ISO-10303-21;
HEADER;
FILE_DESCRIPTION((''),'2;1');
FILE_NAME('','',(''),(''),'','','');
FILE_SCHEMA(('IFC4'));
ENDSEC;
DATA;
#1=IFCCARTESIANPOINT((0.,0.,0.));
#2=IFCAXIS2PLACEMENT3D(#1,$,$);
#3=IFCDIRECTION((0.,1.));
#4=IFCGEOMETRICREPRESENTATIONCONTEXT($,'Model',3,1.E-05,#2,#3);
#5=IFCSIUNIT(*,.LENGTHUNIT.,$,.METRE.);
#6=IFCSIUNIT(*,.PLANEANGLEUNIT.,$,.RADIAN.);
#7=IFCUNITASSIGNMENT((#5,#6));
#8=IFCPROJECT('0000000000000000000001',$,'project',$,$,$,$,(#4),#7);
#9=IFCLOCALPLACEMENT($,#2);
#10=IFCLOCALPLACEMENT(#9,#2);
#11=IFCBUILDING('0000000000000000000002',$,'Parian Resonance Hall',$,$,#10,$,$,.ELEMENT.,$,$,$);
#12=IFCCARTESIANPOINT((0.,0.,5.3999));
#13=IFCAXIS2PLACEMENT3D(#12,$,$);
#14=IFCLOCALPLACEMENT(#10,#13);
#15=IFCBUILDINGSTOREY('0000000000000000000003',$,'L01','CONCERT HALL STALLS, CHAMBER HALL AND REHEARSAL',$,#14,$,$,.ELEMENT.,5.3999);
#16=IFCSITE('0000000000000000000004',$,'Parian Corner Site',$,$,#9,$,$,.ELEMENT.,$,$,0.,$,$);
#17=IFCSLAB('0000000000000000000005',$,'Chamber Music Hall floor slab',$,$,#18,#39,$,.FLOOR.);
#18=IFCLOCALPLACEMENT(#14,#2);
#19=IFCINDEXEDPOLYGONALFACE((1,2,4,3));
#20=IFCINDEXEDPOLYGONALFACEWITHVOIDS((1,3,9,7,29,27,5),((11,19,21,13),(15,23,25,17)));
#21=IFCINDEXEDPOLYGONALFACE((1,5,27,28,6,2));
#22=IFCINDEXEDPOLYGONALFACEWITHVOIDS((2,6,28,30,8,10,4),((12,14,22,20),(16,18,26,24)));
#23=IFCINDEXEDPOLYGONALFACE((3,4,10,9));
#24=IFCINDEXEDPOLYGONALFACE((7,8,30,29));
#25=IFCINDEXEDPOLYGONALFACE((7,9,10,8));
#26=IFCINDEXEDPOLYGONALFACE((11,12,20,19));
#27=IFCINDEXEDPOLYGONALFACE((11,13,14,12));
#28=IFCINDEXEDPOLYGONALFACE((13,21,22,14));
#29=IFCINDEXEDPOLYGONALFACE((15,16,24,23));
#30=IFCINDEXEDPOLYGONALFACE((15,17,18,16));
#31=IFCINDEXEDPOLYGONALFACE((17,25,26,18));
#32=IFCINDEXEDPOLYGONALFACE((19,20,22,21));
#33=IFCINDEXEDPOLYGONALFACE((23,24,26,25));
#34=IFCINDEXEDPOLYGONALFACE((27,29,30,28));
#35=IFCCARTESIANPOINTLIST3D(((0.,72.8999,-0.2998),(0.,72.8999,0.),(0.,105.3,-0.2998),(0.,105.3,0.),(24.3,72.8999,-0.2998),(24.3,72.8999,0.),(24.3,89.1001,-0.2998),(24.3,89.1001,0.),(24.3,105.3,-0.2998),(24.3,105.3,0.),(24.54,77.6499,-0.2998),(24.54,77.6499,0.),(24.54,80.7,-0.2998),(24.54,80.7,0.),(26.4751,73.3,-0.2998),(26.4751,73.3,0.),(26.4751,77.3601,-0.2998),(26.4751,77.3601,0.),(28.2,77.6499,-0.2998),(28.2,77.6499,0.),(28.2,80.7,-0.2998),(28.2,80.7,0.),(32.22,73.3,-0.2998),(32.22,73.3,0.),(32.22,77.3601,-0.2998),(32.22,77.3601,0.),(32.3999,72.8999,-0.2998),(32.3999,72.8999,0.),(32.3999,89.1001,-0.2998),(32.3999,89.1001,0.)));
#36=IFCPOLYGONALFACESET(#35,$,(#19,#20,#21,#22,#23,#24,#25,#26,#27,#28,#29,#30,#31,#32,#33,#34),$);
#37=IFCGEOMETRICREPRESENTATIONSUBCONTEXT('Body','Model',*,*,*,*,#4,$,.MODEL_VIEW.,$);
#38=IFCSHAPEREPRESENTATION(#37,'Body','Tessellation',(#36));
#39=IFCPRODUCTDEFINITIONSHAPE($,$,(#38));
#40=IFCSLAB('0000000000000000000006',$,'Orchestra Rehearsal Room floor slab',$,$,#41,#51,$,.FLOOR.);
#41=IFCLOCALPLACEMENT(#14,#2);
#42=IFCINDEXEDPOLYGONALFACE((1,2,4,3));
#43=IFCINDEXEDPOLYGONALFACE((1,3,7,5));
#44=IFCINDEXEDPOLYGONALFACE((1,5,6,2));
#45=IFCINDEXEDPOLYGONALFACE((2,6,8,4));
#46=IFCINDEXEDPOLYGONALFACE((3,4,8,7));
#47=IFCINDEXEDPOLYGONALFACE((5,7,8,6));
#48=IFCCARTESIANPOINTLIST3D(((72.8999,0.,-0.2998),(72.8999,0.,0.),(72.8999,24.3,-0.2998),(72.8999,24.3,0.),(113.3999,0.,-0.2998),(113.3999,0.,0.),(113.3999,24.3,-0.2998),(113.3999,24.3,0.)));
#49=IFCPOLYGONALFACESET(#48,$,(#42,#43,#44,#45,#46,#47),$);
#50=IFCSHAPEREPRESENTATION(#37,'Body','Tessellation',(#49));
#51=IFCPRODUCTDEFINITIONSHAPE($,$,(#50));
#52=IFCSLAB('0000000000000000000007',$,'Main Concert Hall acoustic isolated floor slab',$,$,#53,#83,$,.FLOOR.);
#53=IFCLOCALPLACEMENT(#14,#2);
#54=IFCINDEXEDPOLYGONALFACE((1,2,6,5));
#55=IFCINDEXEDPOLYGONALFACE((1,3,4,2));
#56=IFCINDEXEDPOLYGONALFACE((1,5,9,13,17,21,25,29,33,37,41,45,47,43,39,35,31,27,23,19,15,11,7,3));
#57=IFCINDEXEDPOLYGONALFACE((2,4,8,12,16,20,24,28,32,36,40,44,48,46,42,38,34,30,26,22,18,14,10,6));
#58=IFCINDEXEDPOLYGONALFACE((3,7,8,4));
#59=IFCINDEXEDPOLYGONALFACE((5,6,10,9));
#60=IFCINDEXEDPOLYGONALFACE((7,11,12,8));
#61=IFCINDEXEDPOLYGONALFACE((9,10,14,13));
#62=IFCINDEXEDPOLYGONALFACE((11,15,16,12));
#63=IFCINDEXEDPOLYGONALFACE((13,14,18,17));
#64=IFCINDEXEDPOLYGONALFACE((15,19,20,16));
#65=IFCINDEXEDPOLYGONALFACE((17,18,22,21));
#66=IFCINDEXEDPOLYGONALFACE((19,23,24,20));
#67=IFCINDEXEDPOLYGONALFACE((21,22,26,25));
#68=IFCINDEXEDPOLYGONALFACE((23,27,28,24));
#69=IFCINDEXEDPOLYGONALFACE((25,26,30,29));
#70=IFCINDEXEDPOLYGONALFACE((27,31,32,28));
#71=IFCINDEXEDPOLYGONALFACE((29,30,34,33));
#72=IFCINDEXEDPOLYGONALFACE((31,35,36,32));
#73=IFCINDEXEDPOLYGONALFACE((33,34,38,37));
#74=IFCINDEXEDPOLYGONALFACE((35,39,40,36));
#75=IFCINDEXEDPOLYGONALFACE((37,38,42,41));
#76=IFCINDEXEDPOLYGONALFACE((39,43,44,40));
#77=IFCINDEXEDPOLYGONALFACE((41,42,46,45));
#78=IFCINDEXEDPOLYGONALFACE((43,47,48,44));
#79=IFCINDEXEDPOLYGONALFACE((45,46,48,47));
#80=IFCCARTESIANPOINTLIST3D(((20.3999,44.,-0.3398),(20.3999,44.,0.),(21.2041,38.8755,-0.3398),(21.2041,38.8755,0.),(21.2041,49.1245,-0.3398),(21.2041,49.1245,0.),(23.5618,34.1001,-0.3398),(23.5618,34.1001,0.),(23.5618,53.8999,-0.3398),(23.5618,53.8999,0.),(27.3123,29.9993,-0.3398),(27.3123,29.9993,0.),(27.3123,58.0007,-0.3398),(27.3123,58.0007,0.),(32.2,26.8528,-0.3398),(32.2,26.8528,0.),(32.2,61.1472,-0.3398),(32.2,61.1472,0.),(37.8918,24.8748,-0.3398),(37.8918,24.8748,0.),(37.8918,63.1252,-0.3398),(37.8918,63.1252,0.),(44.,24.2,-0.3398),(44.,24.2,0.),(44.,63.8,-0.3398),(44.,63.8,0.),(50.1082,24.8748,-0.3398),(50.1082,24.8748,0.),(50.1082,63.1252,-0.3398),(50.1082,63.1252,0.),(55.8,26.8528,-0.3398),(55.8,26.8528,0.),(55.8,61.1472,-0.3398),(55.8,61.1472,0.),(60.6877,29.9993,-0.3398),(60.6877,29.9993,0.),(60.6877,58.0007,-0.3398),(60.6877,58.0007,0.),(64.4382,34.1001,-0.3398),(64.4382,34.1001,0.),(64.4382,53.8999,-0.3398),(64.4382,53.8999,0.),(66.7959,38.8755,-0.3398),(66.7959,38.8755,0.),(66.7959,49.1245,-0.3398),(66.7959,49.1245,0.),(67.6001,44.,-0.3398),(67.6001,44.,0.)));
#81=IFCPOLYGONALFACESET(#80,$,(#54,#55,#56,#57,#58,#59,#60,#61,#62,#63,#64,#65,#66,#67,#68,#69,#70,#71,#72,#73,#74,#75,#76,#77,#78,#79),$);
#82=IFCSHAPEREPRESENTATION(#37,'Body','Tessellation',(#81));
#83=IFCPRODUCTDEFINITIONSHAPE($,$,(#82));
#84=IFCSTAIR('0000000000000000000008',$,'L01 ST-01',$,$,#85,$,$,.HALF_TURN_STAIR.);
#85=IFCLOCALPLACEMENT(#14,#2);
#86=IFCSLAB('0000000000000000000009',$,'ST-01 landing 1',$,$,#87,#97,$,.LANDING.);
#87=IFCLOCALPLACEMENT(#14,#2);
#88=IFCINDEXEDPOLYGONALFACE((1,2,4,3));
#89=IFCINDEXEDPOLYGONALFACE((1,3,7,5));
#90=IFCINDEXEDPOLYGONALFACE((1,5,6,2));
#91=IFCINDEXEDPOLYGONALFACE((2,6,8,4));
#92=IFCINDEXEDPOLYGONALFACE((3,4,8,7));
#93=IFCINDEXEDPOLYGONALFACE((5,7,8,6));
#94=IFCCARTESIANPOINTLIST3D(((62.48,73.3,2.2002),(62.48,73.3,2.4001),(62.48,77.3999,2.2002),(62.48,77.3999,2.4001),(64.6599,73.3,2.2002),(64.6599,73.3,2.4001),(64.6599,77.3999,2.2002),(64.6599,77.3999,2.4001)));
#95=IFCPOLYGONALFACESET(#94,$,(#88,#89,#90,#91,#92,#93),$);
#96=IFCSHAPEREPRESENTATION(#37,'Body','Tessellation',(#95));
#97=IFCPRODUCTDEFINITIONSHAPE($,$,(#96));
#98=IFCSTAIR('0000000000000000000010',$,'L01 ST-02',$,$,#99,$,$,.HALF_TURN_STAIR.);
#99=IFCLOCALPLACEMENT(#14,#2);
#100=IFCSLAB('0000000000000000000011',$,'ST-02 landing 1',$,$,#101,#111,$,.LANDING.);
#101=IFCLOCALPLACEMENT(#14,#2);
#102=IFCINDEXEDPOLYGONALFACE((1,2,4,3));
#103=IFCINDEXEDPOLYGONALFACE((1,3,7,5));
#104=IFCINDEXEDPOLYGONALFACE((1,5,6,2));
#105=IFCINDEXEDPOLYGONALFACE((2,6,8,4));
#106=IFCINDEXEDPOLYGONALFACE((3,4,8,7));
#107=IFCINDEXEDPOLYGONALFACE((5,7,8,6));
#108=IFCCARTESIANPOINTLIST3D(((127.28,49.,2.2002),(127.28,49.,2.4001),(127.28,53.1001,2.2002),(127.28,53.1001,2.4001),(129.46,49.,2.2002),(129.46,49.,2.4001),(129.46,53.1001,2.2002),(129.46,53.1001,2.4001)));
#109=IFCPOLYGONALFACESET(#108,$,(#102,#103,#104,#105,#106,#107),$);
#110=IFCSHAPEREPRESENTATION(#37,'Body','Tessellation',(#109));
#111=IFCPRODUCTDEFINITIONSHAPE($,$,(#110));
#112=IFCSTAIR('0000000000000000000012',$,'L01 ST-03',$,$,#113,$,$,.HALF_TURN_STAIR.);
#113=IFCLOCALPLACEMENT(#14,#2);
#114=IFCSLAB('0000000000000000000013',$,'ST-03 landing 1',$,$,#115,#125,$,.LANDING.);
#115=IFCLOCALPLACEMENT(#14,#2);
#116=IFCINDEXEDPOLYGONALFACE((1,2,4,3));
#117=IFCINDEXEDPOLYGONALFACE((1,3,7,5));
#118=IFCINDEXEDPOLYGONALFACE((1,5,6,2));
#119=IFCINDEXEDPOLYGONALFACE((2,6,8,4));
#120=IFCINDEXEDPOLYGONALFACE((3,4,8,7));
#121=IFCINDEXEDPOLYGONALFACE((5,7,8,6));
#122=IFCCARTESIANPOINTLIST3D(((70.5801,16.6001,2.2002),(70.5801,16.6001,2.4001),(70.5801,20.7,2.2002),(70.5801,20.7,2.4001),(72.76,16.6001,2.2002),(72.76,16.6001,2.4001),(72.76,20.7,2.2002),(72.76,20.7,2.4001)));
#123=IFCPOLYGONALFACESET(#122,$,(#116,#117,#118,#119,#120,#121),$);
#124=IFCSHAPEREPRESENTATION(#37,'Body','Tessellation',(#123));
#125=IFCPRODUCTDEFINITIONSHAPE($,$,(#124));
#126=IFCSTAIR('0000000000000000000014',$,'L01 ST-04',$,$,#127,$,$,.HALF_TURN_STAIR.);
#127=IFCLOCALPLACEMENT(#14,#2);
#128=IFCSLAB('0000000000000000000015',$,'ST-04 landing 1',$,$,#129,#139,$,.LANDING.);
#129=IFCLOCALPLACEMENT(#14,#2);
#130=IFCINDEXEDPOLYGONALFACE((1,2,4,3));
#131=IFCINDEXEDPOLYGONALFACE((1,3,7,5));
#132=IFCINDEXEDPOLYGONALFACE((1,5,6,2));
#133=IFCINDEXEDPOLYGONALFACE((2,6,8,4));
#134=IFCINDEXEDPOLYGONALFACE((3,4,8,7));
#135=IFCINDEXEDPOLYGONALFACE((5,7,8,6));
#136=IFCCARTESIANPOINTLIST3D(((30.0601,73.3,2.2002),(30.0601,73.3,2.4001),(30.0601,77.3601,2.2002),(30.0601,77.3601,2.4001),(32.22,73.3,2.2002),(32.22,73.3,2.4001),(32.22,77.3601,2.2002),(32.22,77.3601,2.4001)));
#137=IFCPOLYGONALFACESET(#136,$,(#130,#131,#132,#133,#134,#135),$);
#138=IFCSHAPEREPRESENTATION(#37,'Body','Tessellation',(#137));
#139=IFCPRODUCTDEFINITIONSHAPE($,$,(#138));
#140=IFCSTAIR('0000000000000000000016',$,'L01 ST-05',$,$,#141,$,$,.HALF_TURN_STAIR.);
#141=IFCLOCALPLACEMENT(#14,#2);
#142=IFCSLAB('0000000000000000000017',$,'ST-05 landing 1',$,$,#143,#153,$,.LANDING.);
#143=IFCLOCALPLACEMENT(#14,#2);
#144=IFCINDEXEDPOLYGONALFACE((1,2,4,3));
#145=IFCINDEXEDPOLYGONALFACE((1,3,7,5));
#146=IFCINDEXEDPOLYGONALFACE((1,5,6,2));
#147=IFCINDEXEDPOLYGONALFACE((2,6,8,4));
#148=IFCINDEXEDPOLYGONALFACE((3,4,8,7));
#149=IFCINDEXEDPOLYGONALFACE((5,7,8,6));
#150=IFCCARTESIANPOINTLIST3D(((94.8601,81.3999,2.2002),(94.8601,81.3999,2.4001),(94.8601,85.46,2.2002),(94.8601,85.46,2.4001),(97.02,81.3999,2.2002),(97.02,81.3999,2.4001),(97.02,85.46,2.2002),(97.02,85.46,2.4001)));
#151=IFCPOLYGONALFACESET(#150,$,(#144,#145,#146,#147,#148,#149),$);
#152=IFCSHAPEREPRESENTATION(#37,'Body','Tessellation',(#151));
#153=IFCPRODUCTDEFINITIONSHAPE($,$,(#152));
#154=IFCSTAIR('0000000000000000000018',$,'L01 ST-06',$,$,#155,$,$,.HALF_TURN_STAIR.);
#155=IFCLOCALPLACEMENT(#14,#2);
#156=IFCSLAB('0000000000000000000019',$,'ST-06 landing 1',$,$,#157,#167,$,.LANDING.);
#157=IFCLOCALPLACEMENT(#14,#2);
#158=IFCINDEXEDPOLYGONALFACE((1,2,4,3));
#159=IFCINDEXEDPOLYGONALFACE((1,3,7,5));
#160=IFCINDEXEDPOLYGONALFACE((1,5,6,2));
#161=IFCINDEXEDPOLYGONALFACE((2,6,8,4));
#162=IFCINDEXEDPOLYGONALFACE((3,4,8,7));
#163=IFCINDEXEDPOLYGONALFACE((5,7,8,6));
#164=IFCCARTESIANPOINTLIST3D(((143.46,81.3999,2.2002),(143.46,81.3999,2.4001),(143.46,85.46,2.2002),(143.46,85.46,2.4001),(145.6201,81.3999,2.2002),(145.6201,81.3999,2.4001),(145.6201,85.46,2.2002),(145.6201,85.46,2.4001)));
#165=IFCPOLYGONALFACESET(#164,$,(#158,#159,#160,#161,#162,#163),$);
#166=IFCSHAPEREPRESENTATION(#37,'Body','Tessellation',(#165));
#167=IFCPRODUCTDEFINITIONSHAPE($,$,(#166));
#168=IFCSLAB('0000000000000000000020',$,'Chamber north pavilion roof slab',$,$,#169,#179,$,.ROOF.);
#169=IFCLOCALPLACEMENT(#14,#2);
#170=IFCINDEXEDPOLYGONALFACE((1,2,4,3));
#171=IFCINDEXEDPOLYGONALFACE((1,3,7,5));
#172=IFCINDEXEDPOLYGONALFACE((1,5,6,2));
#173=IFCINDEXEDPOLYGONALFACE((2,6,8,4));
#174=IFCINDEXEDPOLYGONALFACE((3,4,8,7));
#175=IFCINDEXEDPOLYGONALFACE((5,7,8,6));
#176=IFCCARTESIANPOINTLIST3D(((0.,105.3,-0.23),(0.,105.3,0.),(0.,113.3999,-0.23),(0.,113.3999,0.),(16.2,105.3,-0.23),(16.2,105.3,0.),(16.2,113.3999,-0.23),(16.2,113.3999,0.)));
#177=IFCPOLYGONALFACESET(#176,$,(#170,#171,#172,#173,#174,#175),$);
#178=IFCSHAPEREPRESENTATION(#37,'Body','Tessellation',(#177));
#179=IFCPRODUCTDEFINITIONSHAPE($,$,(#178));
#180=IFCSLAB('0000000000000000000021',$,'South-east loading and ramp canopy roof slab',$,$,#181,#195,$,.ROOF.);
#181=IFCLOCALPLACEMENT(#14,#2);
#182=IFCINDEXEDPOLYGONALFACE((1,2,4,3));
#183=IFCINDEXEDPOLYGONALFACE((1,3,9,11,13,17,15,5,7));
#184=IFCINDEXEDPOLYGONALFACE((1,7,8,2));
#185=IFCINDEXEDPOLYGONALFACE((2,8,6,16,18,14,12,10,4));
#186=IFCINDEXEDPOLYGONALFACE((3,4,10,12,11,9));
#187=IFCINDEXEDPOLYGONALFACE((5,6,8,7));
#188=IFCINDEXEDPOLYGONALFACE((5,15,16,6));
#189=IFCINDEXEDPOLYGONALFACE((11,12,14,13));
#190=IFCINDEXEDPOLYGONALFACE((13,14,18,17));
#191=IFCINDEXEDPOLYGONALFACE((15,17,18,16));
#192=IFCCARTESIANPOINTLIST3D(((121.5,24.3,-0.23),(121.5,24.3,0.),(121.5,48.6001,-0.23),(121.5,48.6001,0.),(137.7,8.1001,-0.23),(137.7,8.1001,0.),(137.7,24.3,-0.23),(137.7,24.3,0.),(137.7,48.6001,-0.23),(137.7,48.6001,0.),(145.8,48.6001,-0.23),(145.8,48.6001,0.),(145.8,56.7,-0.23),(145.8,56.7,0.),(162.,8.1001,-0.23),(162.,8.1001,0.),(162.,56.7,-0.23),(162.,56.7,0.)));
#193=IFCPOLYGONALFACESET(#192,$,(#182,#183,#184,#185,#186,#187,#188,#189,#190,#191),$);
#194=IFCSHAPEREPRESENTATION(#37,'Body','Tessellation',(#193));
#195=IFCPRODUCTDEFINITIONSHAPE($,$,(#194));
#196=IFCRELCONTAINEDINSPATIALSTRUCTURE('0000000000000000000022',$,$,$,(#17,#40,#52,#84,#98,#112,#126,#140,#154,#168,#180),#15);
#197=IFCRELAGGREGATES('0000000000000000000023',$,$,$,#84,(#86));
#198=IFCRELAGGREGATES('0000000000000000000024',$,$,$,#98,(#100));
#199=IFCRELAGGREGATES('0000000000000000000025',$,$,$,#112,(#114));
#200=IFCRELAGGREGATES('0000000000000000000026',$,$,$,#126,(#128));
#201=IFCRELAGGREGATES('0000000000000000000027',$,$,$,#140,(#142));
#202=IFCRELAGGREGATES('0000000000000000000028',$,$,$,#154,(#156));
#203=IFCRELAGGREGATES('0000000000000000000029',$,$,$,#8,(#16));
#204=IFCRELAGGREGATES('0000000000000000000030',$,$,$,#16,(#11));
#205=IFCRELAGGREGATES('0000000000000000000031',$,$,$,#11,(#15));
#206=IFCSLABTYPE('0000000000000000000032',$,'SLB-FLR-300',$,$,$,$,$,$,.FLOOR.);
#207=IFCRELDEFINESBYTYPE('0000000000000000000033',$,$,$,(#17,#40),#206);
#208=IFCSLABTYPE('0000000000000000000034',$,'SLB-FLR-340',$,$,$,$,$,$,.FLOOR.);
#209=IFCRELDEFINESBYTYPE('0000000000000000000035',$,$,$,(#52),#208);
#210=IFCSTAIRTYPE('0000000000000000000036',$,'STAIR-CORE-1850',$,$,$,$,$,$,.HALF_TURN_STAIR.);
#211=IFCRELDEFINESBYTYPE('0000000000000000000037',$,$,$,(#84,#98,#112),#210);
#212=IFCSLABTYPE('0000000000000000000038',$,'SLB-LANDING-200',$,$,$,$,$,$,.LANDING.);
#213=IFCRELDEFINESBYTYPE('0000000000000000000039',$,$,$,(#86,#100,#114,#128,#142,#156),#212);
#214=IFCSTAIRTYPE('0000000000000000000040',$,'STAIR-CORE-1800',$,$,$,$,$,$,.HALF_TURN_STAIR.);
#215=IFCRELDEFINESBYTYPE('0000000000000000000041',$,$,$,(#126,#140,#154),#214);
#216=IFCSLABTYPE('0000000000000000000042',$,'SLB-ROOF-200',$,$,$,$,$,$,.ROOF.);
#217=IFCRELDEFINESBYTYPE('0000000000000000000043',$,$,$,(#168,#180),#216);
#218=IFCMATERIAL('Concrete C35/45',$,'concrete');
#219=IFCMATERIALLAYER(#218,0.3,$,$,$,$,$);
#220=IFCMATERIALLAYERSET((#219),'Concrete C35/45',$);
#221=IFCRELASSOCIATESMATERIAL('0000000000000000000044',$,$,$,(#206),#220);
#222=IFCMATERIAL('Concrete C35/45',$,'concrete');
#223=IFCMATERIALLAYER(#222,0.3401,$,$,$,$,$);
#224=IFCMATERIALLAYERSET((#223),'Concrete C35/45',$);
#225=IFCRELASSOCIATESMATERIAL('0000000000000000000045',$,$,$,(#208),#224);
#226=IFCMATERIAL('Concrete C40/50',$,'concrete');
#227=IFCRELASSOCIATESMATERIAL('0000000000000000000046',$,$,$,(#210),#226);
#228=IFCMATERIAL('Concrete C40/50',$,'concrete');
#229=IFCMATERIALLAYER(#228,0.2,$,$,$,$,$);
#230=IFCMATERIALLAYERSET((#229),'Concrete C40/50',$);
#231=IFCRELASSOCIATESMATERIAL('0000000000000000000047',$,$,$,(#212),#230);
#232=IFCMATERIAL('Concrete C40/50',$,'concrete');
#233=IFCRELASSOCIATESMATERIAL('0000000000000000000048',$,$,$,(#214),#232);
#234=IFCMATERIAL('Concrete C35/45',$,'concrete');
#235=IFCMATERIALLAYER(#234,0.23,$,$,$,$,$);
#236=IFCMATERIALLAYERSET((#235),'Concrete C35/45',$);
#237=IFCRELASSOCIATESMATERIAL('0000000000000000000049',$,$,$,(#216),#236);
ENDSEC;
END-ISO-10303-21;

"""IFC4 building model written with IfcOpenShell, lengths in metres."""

from ifc_helpers import new_model, si_unit, direction, frame, origin, place, context, subcontext, project, spatial, polyline, outline, extrude, material, layer, layer_set, type_object, element, aggregate, save


model = new_model("IFC4")

# Units and contexts
model_context = context("Model", 3, precision=1e-05, world=origin(), true_north=direction((0.0, 1.0)))
body_context = subcontext(model_context, "Body", "Model", "MODEL_VIEW")
ifc_project = project(units=[si_unit("LENGTHUNIT", "METRE"), si_unit("PLANEANGLEUNIT", "RADIAN")], contexts=[model_context])

# Site, building, storey
site_placement = place(None, origin())
site = spatial("IfcSite", under=ifc_project, at=site_placement, Name="Parian Corner Site", CompositionType="ELEMENT", RefElevation=0.0)
building_placement = place(site_placement, origin())
building = spatial("IfcBuilding", under=site, at=building_placement, Name="Parian Resonance Hall", CompositionType="ELEMENT")
storey_placement = place(building_placement, frame((0.0, 0.0, 5.3999)))
storey = spatial("IfcBuildingStorey", under=building, at=storey_placement, Name="L01", Description="CONCERT HALL STALLS, CHAMBER HALL AND REHEARSAL", CompositionType="ELEMENT", Elevation=5.3999)

# Slabs
ifc_material_1 = material(Name="Concrete C35/45", Category="concrete")
ifc_layer_1 = layer(ifc_material_1, 0.3)
ifc_layer_set_1 = layer_set([ifc_layer_1], Name="Concrete C35/45")
slab_type_1 = type_object("IfcSlabType", Name="SLB-FLR-300", PredefinedType="FLOOR", material=ifc_layer_set_1)
slab_1_placement = place(storey_placement, frame((0.0, 0.0, -0.2998)))
element("IfcSlab", 1, at=slab_1_placement, inside=storey, type_object=slab_type_1, Name="Chamber Music Hall floor slab", PredefinedType="FLOOR", context=body_context, shape_type="SweptSolid", body=[
    extrude(outline(polyline([(32.3999, 89.1001), (24.3, 89.1001), (24.3, 105.3), (0.0, 105.3), (0.0, 72.8999), (24.3, 72.8999), (32.3999, 72.8999), (32.3999, 89.1001)]), holes=[polyline([(26.4751, 77.3601), (32.22, 77.3601), (32.22, 73.3), (26.4751, 73.3), (26.4751, 77.3601)]), polyline([(24.54, 80.7), (28.2, 80.7), (28.2, 77.6499), (24.54, 77.6499), (24.54, 80.7)])]), origin(), (0.0, 0.0, 1.0), 0.2998),
])
slab_2_placement = place(storey_placement, frame((0.0, 0.0, -0.2998)))
element("IfcSlab", 2, at=slab_2_placement, inside=storey, type_object=slab_type_1, Name="Orchestra Rehearsal Room floor slab", PredefinedType="FLOOR", context=body_context, shape_type="SweptSolid", body=[
    extrude(outline(polyline([(72.8999, 0.0), (113.3999, 0.0), (113.3999, 24.3), (72.8999, 24.3), (72.8999, 0.0)])), origin(), (0.0, 0.0, 1.0), 0.2998),
])
ifc_material_2 = material(Name="Concrete C35/45", Category="concrete")
ifc_layer_2 = layer(ifc_material_2, 0.3401)
ifc_layer_set_2 = layer_set([ifc_layer_2], Name="Concrete C35/45")
slab_type_2 = type_object("IfcSlabType", Name="SLB-FLR-340", PredefinedType="FLOOR", material=ifc_layer_set_2)
slab_3_placement = place(storey_placement, frame((0.0, 0.0, -0.3398)))
element("IfcSlab", 3, at=slab_3_placement, inside=storey, type_object=slab_type_2, Name="Main Concert Hall acoustic isolated floor slab", PredefinedType="FLOOR", context=body_context, shape_type="SweptSolid", body=[
    extrude(outline(polyline([(67.6001, 44.0), (66.7959, 49.1245), (64.4382, 53.8999), (60.6877, 58.0007), (55.8, 61.1472), (50.1082, 63.1252), (44.0, 63.8), (37.8918, 63.1252), (32.2, 61.1472), (27.3123, 58.0007), (23.5618, 53.8999), (21.2041, 49.1245), (20.3999, 44.0), (21.2041, 38.8755), (23.5618, 34.1001), (27.3123, 29.9993), (32.2, 26.8528), (37.8918, 24.8748), (44.0, 24.2), (50.1082, 24.8748), (55.8, 26.8528), (60.6877, 29.9993), (64.4382, 34.1001), (66.7959, 38.8755), (67.6001, 44.0)])), origin(), (0.0, 0.0, 1.0), 0.3398),
])

# Stairs, slabs
ifc_material_3 = material(Name="Concrete C40/50", Category="concrete")
stair_type_1 = type_object("IfcStairType", Name="STAIR-CORE-1850", PredefinedType="HALF_TURN_STAIR", material=ifc_material_3)
stair_1_placement = place(storey_placement, origin())
stair_1 = element("IfcStair", 4, at=stair_1_placement, inside=storey, type_object=stair_type_1, Name="L01 ST-01", PredefinedType="HALF_TURN_STAIR")
ifc_material_4 = material(Name="Concrete C40/50", Category="concrete")
ifc_layer_3 = layer(ifc_material_4, 0.2)
ifc_layer_set_3 = layer_set([ifc_layer_3], Name="Concrete C40/50")
slab_type_3 = type_object("IfcSlabType", Name="SLB-LANDING-200", PredefinedType="LANDING", material=ifc_layer_set_3)
slab_4_placement = place(storey_placement, frame((0.0, 0.0, 2.2002)))
slab_4 = element("IfcSlab", 5, at=slab_4_placement, type_object=slab_type_3, Name="ST-01 landing 1", PredefinedType="LANDING", context=body_context, shape_type="SweptSolid", body=[
    extrude(outline(polyline([(62.48, 73.3), (64.6599, 73.3), (64.6599, 77.3999), (62.48, 77.3999), (62.48, 73.3)])), origin(), (0.0, 0.0, 1.0), 0.2),
])
aggregate(stair_1, [slab_4])
stair_2_placement = place(storey_placement, origin())
stair_2 = element("IfcStair", 6, at=stair_2_placement, inside=storey, type_object=stair_type_1, Name="L01 ST-02", PredefinedType="HALF_TURN_STAIR")
slab_5_placement = place(storey_placement, frame((0.0, 0.0, 2.2002)))
slab_5 = element("IfcSlab", 7, at=slab_5_placement, type_object=slab_type_3, Name="ST-02 landing 1", PredefinedType="LANDING", context=body_context, shape_type="SweptSolid", body=[
    extrude(outline(polyline([(127.28, 49.0), (129.46, 49.0), (129.46, 53.1001), (127.28, 53.1001), (127.28, 49.0)])), origin(), (0.0, 0.0, 1.0), 0.2),
])
aggregate(stair_2, [slab_5])
stair_3_placement = place(storey_placement, origin())
stair_3 = element("IfcStair", 8, at=stair_3_placement, inside=storey, type_object=stair_type_1, Name="L01 ST-03", PredefinedType="HALF_TURN_STAIR")
slab_6_placement = place(storey_placement, frame((0.0, 0.0, 2.2002)))
slab_6 = element("IfcSlab", 9, at=slab_6_placement, type_object=slab_type_3, Name="ST-03 landing 1", PredefinedType="LANDING", context=body_context, shape_type="SweptSolid", body=[
    extrude(outline(polyline([(70.5801, 16.6001), (72.76, 16.6001), (72.76, 20.7), (70.5801, 20.7), (70.5801, 16.6001)])), origin(), (0.0, 0.0, 1.0), 0.2),
])
aggregate(stair_3, [slab_6])
ifc_material_5 = material(Name="Concrete C40/50", Category="concrete")
stair_type_2 = type_object("IfcStairType", Name="STAIR-CORE-1800", PredefinedType="HALF_TURN_STAIR", material=ifc_material_5)
stair_4_placement = place(storey_placement, origin())
stair_4 = element("IfcStair", 10, at=stair_4_placement, inside=storey, type_object=stair_type_2, Name="L01 ST-04", PredefinedType="HALF_TURN_STAIR")
slab_7_placement = place(storey_placement, frame((0.0, 0.0, 2.2002)))
slab_7 = element("IfcSlab", 11, at=slab_7_placement, type_object=slab_type_3, Name="ST-04 landing 1", PredefinedType="LANDING", context=body_context, shape_type="SweptSolid", body=[
    extrude(outline(polyline([(30.0601, 73.3), (32.22, 73.3), (32.22, 77.3601), (30.0601, 77.3601), (30.0601, 73.3)])), origin(), (0.0, 0.0, 1.0), 0.2),
])
aggregate(stair_4, [slab_7])
stair_5_placement = place(storey_placement, origin())
stair_5 = element("IfcStair", 12, at=stair_5_placement, inside=storey, type_object=stair_type_2, Name="L01 ST-05", PredefinedType="HALF_TURN_STAIR")
slab_8_placement = place(storey_placement, frame((0.0, 0.0, 2.2002)))
slab_8 = element("IfcSlab", 13, at=slab_8_placement, type_object=slab_type_3, Name="ST-05 landing 1", PredefinedType="LANDING", context=body_context, shape_type="SweptSolid", body=[
    extrude(outline(polyline([(94.8601, 81.3999), (97.02, 81.3999), (97.02, 85.46), (94.8601, 85.46), (94.8601, 81.3999)])), origin(), (0.0, 0.0, 1.0), 0.2),
])
aggregate(stair_5, [slab_8])
stair_6_placement = place(storey_placement, origin())
stair_6 = element("IfcStair", 14, at=stair_6_placement, inside=storey, type_object=stair_type_2, Name="L01 ST-06", PredefinedType="HALF_TURN_STAIR")
slab_9_placement = place(storey_placement, frame((0.0, 0.0, 2.2002)))
slab_9 = element("IfcSlab", 15, at=slab_9_placement, type_object=slab_type_3, Name="ST-06 landing 1", PredefinedType="LANDING", context=body_context, shape_type="SweptSolid", body=[
    extrude(outline(polyline([(143.46, 81.3999), (145.6201, 81.3999), (145.6201, 85.46), (143.46, 85.46), (143.46, 81.3999)])), origin(), (0.0, 0.0, 1.0), 0.2),
])
aggregate(stair_6, [slab_9])

# Slabs
ifc_material_6 = material(Name="Concrete C35/45", Category="concrete")
ifc_layer_4 = layer(ifc_material_6, 0.23)
ifc_layer_set_4 = layer_set([ifc_layer_4], Name="Concrete C35/45")
slab_type_4 = type_object("IfcSlabType", Name="SLB-ROOF-200", PredefinedType="ROOF", material=ifc_layer_set_4)
slab_10_placement = place(storey_placement, frame((0.0, 0.0, -0.23)))
element("IfcSlab", 16, at=slab_10_placement, inside=storey, type_object=slab_type_4, Name="Chamber north pavilion roof slab", PredefinedType="ROOF", context=body_context, shape_type="SweptSolid", body=[
    extrude(outline(polyline([(0.0, 105.3), (16.2, 105.3), (16.2, 113.3999), (0.0, 113.3999), (0.0, 105.3)])), origin(), (0.0, 0.0, 1.0), 0.23),
])
slab_11_placement = place(storey_placement, frame((0.0, 0.0, -0.23)))
element("IfcSlab", 17, at=slab_11_placement, inside=storey, type_object=slab_type_4, Name="South-east loading and ramp canopy roof slab", PredefinedType="ROOF", context=body_context, shape_type="SweptSolid", body=[
    extrude(outline(polyline([(145.8, 56.7), (145.8, 48.6001), (137.7, 48.6001), (121.5, 48.6001), (121.5, 24.3), (137.7, 24.3), (137.7, 8.1001), (162.0, 8.1001), (162.0, 56.7), (145.8, 56.7)])), origin(), (0.0, 0.0, 1.0), 0.23),
])

save(model, "model.ifc")
